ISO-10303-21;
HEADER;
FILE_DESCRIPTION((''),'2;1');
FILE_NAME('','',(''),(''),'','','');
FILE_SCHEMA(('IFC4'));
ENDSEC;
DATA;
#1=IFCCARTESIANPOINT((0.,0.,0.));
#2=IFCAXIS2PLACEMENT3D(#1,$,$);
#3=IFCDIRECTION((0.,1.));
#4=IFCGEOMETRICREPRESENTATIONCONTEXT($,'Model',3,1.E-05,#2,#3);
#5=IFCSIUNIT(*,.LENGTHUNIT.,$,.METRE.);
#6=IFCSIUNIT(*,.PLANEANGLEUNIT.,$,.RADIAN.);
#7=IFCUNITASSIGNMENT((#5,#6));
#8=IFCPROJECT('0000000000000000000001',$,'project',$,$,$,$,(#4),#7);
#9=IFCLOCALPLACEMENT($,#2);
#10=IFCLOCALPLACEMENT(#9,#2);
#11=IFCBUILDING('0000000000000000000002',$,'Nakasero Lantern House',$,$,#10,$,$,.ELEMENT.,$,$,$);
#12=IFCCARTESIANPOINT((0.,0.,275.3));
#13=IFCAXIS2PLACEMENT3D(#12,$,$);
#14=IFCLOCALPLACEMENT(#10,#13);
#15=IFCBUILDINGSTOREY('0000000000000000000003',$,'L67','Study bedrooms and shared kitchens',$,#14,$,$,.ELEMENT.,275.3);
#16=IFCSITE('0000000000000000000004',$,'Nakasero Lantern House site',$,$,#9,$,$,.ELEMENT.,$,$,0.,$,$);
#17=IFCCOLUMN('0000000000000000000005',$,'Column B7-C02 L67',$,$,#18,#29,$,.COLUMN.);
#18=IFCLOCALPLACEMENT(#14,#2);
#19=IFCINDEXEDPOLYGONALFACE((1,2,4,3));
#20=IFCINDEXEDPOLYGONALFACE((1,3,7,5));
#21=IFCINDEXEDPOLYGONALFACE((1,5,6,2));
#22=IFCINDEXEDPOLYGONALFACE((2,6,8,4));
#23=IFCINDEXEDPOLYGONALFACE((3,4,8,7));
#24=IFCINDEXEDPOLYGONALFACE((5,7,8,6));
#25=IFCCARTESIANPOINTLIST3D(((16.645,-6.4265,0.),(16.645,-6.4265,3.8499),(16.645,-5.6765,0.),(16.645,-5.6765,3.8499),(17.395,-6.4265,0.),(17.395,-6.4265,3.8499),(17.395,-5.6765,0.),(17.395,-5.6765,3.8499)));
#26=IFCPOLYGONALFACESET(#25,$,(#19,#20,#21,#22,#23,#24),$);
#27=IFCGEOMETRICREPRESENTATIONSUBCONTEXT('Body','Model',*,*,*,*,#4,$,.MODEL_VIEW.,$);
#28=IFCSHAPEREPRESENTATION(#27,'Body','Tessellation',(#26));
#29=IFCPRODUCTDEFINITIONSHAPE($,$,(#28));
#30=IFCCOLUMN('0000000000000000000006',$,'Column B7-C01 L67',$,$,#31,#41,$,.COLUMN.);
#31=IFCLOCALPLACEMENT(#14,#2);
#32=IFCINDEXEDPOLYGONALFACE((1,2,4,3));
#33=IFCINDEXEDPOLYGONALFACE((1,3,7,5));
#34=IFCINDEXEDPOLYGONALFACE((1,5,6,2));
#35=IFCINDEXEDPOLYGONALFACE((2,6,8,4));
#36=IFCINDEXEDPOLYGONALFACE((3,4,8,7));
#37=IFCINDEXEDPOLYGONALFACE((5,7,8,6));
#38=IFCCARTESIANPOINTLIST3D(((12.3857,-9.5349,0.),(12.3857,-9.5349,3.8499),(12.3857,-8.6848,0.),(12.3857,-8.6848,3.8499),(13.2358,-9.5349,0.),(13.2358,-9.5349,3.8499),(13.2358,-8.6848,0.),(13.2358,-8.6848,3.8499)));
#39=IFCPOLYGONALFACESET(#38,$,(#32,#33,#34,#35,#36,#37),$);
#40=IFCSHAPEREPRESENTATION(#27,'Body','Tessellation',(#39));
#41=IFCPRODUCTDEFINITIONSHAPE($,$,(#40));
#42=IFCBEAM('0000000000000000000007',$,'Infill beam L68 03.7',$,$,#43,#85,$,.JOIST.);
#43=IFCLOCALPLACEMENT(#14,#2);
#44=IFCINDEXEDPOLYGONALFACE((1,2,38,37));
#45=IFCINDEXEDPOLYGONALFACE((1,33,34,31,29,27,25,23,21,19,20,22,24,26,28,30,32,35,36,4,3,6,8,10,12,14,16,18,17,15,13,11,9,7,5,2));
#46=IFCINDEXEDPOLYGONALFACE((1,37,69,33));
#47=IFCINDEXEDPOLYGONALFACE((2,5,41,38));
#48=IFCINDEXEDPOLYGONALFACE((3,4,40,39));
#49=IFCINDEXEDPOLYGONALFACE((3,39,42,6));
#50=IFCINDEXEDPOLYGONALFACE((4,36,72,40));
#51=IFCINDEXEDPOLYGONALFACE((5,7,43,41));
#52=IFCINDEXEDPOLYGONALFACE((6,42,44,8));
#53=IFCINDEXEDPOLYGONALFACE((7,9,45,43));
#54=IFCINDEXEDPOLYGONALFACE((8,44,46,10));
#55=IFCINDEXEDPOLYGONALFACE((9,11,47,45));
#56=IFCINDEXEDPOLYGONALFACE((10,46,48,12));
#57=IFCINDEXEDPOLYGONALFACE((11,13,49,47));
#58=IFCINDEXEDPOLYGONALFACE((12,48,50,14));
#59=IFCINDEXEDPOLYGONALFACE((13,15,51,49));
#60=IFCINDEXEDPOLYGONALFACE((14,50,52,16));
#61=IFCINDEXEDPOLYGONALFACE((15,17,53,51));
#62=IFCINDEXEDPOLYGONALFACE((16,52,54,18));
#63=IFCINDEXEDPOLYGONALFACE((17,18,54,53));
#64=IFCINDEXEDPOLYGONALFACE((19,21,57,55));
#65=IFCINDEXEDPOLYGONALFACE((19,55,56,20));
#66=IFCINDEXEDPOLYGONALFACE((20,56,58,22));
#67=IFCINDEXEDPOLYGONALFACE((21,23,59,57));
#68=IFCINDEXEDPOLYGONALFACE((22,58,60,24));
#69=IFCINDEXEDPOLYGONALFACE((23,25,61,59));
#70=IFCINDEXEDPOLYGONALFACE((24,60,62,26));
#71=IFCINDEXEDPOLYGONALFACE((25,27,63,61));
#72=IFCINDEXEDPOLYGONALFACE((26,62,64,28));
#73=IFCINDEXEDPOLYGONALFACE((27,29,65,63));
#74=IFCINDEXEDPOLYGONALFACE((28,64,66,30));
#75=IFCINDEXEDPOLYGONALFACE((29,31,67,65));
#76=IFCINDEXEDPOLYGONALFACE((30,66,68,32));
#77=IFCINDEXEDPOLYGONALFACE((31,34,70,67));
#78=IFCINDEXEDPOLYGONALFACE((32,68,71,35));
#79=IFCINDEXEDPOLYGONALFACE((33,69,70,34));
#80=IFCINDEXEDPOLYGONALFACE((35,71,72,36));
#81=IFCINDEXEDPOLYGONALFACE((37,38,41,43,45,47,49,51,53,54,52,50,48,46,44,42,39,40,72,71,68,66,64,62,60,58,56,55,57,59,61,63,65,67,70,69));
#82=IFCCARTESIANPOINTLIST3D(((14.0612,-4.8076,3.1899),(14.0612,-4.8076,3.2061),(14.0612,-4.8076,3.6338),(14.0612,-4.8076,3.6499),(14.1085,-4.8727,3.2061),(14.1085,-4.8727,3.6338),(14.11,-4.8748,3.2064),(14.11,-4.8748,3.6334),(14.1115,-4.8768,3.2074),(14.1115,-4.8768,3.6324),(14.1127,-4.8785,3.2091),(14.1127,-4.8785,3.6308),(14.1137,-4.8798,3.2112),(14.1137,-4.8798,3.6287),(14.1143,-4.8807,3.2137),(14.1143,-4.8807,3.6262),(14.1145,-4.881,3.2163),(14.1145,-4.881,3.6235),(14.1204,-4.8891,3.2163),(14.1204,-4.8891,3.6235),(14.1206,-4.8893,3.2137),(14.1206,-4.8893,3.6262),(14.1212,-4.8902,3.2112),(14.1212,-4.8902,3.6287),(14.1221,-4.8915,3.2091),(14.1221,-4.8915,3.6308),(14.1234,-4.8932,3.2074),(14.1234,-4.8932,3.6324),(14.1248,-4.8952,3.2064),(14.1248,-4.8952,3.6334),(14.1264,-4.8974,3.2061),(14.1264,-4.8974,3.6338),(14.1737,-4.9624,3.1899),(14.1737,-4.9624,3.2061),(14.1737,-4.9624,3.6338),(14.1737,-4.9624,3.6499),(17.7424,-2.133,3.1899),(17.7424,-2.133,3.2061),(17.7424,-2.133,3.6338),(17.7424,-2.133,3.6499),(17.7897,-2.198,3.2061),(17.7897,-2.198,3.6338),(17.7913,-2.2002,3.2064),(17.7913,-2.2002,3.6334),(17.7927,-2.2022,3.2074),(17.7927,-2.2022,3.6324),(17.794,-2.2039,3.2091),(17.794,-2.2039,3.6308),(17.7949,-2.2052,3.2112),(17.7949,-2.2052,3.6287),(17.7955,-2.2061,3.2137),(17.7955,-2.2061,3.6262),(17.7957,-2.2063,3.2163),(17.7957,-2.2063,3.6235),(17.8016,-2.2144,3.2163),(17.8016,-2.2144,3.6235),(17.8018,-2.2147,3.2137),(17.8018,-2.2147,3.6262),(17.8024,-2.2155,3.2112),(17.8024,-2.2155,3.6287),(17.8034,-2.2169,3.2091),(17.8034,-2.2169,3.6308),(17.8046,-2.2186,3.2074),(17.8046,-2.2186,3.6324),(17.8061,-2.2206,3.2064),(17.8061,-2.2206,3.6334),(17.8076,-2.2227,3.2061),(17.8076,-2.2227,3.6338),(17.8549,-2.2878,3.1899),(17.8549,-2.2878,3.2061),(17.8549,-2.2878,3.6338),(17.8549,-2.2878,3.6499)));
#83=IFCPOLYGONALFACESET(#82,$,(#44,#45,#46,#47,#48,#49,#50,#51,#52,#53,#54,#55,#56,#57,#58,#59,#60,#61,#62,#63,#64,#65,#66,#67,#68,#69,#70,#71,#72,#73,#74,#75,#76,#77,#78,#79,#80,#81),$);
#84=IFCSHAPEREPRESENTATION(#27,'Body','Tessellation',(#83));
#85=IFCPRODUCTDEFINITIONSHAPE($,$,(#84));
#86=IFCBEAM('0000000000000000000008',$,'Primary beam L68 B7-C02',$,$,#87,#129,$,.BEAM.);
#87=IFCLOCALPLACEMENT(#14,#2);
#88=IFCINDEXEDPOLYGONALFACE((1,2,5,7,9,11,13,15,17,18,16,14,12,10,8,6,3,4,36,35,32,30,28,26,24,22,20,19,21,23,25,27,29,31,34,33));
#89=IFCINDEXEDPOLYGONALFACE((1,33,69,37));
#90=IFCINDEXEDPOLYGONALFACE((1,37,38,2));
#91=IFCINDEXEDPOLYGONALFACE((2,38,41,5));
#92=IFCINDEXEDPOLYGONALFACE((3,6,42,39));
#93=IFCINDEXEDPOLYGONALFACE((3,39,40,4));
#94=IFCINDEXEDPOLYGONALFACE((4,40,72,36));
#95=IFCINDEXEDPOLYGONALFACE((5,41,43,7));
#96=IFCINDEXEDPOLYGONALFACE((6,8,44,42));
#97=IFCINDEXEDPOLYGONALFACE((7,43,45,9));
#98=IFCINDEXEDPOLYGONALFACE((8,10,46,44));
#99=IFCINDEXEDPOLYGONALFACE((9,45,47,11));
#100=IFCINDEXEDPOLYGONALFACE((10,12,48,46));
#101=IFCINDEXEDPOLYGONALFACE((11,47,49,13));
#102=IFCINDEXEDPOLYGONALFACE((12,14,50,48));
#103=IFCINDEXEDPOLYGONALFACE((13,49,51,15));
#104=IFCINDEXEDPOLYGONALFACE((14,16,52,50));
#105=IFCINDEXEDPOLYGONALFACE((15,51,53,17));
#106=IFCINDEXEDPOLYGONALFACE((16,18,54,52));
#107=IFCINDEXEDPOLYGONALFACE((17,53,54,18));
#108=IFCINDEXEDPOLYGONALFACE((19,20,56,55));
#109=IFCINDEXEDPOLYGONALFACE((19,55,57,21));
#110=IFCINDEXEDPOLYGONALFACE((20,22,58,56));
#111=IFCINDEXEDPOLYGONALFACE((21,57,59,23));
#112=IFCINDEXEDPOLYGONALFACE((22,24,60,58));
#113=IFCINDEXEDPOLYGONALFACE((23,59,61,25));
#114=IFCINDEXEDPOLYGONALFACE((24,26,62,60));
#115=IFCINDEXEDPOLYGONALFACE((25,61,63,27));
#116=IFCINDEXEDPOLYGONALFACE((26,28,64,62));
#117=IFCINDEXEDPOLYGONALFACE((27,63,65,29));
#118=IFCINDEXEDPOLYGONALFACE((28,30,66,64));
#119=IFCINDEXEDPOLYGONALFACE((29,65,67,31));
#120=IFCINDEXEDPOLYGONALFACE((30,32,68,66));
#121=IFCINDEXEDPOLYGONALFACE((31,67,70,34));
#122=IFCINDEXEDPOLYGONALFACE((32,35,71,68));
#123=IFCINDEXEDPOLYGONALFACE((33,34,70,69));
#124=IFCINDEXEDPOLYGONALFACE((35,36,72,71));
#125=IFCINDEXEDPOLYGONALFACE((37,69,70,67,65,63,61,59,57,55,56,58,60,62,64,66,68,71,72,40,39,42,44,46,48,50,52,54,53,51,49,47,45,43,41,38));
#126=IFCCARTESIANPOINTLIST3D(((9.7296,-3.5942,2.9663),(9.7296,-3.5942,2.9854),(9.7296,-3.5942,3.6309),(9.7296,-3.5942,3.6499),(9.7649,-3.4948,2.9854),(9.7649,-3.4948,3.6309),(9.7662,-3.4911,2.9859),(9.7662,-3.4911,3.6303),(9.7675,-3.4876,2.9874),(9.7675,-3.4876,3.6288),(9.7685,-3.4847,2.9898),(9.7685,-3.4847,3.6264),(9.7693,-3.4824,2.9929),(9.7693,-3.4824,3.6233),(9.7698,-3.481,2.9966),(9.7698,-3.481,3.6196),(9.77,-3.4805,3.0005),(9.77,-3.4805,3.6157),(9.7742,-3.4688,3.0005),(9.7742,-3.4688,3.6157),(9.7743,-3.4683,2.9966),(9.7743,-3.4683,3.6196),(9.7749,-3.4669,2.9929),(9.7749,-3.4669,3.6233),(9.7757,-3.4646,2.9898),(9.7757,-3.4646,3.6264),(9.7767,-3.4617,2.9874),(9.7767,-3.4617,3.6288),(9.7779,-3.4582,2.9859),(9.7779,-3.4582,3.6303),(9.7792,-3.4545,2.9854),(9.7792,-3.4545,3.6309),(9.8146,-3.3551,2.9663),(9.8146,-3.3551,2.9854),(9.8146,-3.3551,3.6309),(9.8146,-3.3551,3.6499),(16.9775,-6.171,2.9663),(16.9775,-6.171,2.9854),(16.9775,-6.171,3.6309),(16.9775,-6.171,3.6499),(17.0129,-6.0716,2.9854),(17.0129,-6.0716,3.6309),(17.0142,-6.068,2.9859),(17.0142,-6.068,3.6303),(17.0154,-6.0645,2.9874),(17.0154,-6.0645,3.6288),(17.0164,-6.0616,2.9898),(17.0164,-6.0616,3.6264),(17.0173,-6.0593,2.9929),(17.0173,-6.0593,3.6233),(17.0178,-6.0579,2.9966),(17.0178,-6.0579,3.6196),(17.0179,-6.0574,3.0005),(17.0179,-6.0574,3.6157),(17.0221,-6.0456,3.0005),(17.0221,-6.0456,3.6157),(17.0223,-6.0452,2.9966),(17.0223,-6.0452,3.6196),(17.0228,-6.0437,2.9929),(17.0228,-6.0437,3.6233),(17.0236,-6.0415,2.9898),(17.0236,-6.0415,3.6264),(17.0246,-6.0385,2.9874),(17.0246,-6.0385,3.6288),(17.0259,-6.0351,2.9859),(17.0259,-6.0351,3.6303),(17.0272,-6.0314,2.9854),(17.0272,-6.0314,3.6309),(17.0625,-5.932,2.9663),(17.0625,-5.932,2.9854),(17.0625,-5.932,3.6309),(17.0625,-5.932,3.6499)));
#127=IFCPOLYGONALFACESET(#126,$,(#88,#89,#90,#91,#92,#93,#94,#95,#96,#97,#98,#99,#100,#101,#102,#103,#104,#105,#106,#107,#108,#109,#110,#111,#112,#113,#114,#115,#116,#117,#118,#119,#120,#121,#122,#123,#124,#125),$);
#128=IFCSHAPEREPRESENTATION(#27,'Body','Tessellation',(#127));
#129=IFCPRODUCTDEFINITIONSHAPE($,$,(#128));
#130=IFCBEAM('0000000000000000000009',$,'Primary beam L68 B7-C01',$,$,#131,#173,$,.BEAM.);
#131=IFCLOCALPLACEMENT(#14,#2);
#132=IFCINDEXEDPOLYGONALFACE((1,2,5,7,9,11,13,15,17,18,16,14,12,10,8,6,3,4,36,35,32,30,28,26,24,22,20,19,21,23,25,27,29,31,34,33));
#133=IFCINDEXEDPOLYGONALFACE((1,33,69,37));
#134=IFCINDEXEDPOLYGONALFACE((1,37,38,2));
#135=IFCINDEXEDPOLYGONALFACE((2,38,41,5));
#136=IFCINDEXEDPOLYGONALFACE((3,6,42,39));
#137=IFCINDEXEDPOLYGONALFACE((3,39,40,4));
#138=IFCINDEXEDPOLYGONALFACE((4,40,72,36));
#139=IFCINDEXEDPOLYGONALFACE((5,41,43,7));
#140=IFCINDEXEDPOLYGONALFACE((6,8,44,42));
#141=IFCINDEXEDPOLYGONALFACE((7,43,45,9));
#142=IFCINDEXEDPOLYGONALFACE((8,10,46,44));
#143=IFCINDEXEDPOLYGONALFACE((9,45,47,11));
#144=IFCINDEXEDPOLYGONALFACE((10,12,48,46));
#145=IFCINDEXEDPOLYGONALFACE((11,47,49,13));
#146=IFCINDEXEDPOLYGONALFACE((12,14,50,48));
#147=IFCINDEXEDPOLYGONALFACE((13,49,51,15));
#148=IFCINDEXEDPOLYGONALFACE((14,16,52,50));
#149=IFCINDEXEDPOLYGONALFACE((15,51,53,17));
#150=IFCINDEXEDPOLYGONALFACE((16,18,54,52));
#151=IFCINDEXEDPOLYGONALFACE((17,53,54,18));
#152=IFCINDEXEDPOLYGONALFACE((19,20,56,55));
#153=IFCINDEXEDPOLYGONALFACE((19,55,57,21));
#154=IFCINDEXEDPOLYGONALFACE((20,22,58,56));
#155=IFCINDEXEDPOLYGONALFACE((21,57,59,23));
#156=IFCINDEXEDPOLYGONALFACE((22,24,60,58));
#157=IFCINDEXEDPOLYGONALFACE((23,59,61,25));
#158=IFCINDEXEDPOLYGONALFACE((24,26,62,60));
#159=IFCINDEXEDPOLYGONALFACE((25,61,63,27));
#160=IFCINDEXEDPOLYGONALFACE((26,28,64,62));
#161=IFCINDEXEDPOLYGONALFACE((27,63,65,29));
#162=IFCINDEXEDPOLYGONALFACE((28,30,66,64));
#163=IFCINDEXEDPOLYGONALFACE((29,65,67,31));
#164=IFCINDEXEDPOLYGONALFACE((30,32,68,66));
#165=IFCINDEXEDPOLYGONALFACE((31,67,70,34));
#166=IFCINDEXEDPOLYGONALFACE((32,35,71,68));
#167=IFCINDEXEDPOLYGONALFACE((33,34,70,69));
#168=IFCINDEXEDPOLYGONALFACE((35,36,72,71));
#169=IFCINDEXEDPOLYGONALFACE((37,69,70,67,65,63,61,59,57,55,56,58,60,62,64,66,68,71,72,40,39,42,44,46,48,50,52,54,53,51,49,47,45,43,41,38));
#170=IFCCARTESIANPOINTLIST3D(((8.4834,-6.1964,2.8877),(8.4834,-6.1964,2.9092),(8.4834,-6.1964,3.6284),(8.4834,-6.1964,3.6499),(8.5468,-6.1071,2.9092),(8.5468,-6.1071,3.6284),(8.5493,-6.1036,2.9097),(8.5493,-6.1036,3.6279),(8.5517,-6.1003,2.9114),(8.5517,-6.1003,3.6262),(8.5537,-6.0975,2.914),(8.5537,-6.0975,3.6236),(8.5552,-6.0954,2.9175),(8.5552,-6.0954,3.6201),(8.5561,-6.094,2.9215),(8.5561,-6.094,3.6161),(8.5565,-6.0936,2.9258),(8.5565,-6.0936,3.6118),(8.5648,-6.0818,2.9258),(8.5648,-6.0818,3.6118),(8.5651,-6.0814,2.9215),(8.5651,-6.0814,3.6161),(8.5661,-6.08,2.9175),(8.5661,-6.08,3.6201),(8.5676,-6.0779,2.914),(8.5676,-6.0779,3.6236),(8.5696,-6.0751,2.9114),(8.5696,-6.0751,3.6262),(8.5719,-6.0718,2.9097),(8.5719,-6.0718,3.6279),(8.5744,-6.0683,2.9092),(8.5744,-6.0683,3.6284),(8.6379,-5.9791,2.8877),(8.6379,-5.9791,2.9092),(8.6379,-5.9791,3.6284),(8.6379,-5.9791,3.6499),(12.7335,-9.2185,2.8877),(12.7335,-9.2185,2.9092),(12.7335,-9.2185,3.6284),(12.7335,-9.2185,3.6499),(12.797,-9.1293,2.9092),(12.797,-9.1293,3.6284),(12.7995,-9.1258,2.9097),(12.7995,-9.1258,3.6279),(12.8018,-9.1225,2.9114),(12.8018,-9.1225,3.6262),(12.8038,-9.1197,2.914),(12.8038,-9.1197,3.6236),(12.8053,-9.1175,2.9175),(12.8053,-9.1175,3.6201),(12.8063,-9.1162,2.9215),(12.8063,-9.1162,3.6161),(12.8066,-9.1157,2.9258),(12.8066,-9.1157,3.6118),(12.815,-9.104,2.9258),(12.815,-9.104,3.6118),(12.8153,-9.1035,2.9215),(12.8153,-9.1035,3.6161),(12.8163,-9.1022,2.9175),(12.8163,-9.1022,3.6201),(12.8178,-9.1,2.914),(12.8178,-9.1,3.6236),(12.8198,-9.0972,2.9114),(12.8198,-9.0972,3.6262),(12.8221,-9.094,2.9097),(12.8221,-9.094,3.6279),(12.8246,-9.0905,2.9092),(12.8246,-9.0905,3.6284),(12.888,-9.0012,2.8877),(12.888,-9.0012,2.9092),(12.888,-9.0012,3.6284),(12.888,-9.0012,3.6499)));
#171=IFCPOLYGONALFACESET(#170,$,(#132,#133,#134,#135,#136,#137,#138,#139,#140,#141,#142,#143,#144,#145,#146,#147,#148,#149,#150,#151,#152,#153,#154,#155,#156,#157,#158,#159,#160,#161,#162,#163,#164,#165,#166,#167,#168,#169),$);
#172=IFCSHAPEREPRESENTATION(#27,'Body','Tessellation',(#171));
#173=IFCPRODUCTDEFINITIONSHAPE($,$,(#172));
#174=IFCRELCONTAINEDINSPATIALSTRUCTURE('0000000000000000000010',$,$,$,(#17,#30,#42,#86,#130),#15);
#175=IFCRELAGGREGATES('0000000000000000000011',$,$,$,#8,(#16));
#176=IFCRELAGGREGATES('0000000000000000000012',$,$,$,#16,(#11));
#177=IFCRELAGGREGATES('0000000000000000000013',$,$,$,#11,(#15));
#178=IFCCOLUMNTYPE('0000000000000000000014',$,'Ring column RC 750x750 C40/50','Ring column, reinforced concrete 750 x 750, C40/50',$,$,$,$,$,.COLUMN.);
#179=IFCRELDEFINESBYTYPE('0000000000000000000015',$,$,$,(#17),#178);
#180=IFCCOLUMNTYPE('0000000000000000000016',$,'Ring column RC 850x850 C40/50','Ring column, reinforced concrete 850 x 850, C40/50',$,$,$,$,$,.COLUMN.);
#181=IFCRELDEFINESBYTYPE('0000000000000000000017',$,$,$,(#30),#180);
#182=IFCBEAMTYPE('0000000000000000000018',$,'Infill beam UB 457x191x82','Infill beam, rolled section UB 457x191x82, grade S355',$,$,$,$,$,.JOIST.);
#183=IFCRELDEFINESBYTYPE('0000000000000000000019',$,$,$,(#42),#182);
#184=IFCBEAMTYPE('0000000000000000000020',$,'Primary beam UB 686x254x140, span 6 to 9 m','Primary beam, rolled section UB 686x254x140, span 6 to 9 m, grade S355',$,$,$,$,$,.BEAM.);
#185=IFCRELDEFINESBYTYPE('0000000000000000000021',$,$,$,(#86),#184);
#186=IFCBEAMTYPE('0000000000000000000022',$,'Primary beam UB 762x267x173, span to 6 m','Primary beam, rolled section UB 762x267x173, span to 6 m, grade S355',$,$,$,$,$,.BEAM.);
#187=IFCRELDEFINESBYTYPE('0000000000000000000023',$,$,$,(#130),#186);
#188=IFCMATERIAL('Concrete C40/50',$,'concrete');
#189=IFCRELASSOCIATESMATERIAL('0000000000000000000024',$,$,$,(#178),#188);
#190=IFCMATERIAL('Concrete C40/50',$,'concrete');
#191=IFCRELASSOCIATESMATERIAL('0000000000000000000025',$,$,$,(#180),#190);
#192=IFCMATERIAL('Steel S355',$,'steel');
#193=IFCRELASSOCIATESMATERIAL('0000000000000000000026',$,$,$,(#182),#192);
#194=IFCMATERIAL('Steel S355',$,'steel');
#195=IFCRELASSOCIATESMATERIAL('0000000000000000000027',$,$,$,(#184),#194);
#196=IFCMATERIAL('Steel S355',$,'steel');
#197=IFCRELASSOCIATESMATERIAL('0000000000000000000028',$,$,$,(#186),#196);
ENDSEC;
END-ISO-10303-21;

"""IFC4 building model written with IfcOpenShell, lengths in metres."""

from ifc_helpers import new_model, si_unit, direction, frame, origin, origin_2d, place, context, subcontext, project, spatial, rectangle, i_section, extrude, material, material_profile, profile_set, type_object, element, save


model = new_model("IFC4")

# Units and contexts
model_context = context("Model", 3, precision=1e-05, world=origin(), true_north=direction((0.0, 1.0)))
body_context = subcontext(model_context, "Body", "Model", "MODEL_VIEW")
ifc_project = project(units=[si_unit("LENGTHUNIT", "METRE"), si_unit("PLANEANGLEUNIT", "RADIAN")], contexts=[model_context])

# Site, building, storey
site_placement = place(None, origin())
site = spatial("IfcSite", under=ifc_project, at=site_placement, Name="Nakasero Lantern House site", CompositionType="ELEMENT", RefElevation=0.0)
building_placement = place(site_placement, origin())
building = spatial("IfcBuilding", under=site, at=building_placement, Name="Nakasero Lantern House", CompositionType="ELEMENT")
storey_placement = place(building_placement, frame((0.0, 0.0, 275.3)))
storey = spatial("IfcBuildingStorey", under=building, at=storey_placement, Name="L67", Description="Study bedrooms and shared kitchens", CompositionType="ELEMENT", Elevation=275.3)

# Columns
ifc_material_1 = material(Name="Concrete C40/50", Category="concrete")
ifc_material_profile_1 = material_profile(ifc_material_1, rectangle(XDim=0.75, YDim=0.75, at=origin_2d()), Name="RC 750x750")
ifc_profile_set_1 = profile_set([ifc_material_profile_1], Name="Concrete C40/50")
column_type_1 = type_object("IfcColumnType", Name="Ring column RC 750x750 C40/50", Description="Ring column, reinforced concrete 750 x 750, C40/50", PredefinedType="COLUMN", material=ifc_profile_set_1)
column_1_placement = place(storey_placement, frame((17.02, -6.0515, 0.0), z_axis=(0.0, 0.0, 1.0), x_axis=(1.0, 0.0, 0.0)))
element("IfcColumn", 1, at=column_1_placement, inside=storey, type_object=column_type_1, Name="Column B7-C02 L67", PredefinedType="COLUMN", context=body_context, shape_type="SweptSolid", body=[
    extrude(rectangle(XDim=0.75, YDim=0.75, at=origin_2d()), origin(), (0.0, 0.0, 1.0), 3.8499),
])
ifc_material_2 = material(Name="Concrete C40/50", Category="concrete")
ifc_material_profile_2 = material_profile(ifc_material_2, rectangle(XDim=0.8501, YDim=0.8501, at=origin_2d()), Name="RC 850x850")
ifc_profile_set_2 = profile_set([ifc_material_profile_2], Name="Concrete C40/50")
column_type_2 = type_object("IfcColumnType", Name="Ring column RC 850x850 C40/50", Description="Ring column, reinforced concrete 850 x 850, C40/50", PredefinedType="COLUMN", material=ifc_profile_set_2)
column_2_placement = place(storey_placement, frame((12.8108, -9.1099, 0.0), z_axis=(0.0, 0.0, 1.0), x_axis=(1.0, 0.0, 0.0)))
element("IfcColumn", 2, at=column_2_placement, inside=storey, type_object=column_type_2, Name="Column B7-C01 L67", PredefinedType="COLUMN", context=body_context, shape_type="SweptSolid", body=[
    extrude(rectangle(XDim=0.8501, YDim=0.8501, at=origin_2d()), origin(), (0.0, 0.0, 1.0), 3.8499),
])

# Beams
ifc_material_3 = material(Name="Steel S355", Category="steel")
ifc_material_profile_3 = material_profile(ifc_material_3, i_section(OverallWidth=0.1914, OverallDepth=0.46, WebThickness=0.01, FlangeThickness=0.0161, FilletRadius=0.0103, at=origin_2d()), Name="UB 457x191x82")
ifc_profile_set_3 = profile_set([ifc_material_profile_3], Name="Steel S355")
beam_type_1 = type_object("IfcBeamType", Name="Infill beam UB 457x191x82", Description="Infill beam, rolled section UB 457x191x82, grade S355", PredefinedType="JOIST", material=ifc_profile_set_3)
beam_1_placement = place(storey_placement, frame((14.1174, -4.885, 3.4199), z_axis=(0.809012, 0.587792, 0.0), x_axis=(-0.587792, 0.809012, 0.0)))
element("IfcBeam", 3, at=beam_1_placement, inside=storey, type_object=beam_type_1, Name="Infill beam L68 03.7", PredefinedType="JOIST", context=body_context, shape_type="SweptSolid", body=[
    extrude(i_section(OverallWidth=0.1914, OverallDepth=0.46, WebThickness=0.01, FlangeThickness=0.0161, FilletRadius=0.0103, at=origin_2d()), origin(), (0.0, 0.0, 1.0), 4.5503),
])
ifc_material_4 = material(Name="Steel S355", Category="steel")
ifc_material_profile_4 = material_profile(ifc_material_4, i_section(OverallWidth=0.2537, OverallDepth=0.6836, WebThickness=0.0125, FlangeThickness=0.019, FilletRadius=0.0151, at=origin_2d()), Name="UB 686x254x140")
ifc_profile_set_4 = profile_set([ifc_material_profile_4], Name="Steel S355")
beam_type_2 = type_object("IfcBeamType", Name="Primary beam UB 686x254x140, span 6 to 9 m", Description="Primary beam, rolled section UB 686x254x140, span 6 to 9 m, grade S355", PredefinedType="BEAM", material=ifc_profile_set_4)
beam_2_placement = place(storey_placement, frame((17.02, -6.0515, 3.3081), z_axis=(-0.942222, 0.334989, 0.0), x_axis=(-0.334989, -0.942222, 0.0)))
element("IfcBeam", 4, at=beam_2_placement, inside=storey, type_object=beam_type_2, Name="Primary beam L68 B7-C02", PredefinedType="BEAM", context=body_context, shape_type="SweptSolid", body=[
    extrude(i_section(OverallWidth=0.2537, OverallDepth=0.6836, WebThickness=0.0125, FlangeThickness=0.019, FilletRadius=0.0151, at=origin_2d()), origin(), (0.0, 0.0, 1.0), 7.6924),
])
ifc_material_5 = material(Name="Steel S355", Category="steel")
ifc_material_profile_5 = material_profile(ifc_material_5, i_section(OverallWidth=0.2666, OverallDepth=0.7622, WebThickness=0.0144, FlangeThickness=0.0215, FilletRadius=0.0166, at=origin_2d()), Name="UB 762x267x173")
ifc_profile_set_5 = profile_set([ifc_material_profile_5], Name="Steel S355")
beam_type_3 = type_object("IfcBeamType", Name="Primary beam UB 762x267x173, span to 6 m", Description="Primary beam, rolled section UB 762x267x173, span to 6 m, grade S355", PredefinedType="BEAM", material=ifc_profile_set_5)
beam_3_placement = place(storey_placement, frame((12.8108, -9.1099, 3.2688), z_axis=(-0.814972, 0.579501, 0.0), x_axis=(-0.579501, -0.814972, 0.0)))
element("IfcBeam", 5, at=beam_3_placement, inside=storey, type_object=beam_type_3, Name="Primary beam L68 B7-C01", PredefinedType="BEAM", context=body_context, shape_type="SweptSolid", body=[
    extrude(i_section(OverallWidth=0.2666, OverallDepth=0.7622, WebThickness=0.0144, FlangeThickness=0.0215, FilletRadius=0.0166, at=origin_2d()), origin(), (0.0, 0.0, 1.0), 5.2151),
])

save(model, "model.ifc")
